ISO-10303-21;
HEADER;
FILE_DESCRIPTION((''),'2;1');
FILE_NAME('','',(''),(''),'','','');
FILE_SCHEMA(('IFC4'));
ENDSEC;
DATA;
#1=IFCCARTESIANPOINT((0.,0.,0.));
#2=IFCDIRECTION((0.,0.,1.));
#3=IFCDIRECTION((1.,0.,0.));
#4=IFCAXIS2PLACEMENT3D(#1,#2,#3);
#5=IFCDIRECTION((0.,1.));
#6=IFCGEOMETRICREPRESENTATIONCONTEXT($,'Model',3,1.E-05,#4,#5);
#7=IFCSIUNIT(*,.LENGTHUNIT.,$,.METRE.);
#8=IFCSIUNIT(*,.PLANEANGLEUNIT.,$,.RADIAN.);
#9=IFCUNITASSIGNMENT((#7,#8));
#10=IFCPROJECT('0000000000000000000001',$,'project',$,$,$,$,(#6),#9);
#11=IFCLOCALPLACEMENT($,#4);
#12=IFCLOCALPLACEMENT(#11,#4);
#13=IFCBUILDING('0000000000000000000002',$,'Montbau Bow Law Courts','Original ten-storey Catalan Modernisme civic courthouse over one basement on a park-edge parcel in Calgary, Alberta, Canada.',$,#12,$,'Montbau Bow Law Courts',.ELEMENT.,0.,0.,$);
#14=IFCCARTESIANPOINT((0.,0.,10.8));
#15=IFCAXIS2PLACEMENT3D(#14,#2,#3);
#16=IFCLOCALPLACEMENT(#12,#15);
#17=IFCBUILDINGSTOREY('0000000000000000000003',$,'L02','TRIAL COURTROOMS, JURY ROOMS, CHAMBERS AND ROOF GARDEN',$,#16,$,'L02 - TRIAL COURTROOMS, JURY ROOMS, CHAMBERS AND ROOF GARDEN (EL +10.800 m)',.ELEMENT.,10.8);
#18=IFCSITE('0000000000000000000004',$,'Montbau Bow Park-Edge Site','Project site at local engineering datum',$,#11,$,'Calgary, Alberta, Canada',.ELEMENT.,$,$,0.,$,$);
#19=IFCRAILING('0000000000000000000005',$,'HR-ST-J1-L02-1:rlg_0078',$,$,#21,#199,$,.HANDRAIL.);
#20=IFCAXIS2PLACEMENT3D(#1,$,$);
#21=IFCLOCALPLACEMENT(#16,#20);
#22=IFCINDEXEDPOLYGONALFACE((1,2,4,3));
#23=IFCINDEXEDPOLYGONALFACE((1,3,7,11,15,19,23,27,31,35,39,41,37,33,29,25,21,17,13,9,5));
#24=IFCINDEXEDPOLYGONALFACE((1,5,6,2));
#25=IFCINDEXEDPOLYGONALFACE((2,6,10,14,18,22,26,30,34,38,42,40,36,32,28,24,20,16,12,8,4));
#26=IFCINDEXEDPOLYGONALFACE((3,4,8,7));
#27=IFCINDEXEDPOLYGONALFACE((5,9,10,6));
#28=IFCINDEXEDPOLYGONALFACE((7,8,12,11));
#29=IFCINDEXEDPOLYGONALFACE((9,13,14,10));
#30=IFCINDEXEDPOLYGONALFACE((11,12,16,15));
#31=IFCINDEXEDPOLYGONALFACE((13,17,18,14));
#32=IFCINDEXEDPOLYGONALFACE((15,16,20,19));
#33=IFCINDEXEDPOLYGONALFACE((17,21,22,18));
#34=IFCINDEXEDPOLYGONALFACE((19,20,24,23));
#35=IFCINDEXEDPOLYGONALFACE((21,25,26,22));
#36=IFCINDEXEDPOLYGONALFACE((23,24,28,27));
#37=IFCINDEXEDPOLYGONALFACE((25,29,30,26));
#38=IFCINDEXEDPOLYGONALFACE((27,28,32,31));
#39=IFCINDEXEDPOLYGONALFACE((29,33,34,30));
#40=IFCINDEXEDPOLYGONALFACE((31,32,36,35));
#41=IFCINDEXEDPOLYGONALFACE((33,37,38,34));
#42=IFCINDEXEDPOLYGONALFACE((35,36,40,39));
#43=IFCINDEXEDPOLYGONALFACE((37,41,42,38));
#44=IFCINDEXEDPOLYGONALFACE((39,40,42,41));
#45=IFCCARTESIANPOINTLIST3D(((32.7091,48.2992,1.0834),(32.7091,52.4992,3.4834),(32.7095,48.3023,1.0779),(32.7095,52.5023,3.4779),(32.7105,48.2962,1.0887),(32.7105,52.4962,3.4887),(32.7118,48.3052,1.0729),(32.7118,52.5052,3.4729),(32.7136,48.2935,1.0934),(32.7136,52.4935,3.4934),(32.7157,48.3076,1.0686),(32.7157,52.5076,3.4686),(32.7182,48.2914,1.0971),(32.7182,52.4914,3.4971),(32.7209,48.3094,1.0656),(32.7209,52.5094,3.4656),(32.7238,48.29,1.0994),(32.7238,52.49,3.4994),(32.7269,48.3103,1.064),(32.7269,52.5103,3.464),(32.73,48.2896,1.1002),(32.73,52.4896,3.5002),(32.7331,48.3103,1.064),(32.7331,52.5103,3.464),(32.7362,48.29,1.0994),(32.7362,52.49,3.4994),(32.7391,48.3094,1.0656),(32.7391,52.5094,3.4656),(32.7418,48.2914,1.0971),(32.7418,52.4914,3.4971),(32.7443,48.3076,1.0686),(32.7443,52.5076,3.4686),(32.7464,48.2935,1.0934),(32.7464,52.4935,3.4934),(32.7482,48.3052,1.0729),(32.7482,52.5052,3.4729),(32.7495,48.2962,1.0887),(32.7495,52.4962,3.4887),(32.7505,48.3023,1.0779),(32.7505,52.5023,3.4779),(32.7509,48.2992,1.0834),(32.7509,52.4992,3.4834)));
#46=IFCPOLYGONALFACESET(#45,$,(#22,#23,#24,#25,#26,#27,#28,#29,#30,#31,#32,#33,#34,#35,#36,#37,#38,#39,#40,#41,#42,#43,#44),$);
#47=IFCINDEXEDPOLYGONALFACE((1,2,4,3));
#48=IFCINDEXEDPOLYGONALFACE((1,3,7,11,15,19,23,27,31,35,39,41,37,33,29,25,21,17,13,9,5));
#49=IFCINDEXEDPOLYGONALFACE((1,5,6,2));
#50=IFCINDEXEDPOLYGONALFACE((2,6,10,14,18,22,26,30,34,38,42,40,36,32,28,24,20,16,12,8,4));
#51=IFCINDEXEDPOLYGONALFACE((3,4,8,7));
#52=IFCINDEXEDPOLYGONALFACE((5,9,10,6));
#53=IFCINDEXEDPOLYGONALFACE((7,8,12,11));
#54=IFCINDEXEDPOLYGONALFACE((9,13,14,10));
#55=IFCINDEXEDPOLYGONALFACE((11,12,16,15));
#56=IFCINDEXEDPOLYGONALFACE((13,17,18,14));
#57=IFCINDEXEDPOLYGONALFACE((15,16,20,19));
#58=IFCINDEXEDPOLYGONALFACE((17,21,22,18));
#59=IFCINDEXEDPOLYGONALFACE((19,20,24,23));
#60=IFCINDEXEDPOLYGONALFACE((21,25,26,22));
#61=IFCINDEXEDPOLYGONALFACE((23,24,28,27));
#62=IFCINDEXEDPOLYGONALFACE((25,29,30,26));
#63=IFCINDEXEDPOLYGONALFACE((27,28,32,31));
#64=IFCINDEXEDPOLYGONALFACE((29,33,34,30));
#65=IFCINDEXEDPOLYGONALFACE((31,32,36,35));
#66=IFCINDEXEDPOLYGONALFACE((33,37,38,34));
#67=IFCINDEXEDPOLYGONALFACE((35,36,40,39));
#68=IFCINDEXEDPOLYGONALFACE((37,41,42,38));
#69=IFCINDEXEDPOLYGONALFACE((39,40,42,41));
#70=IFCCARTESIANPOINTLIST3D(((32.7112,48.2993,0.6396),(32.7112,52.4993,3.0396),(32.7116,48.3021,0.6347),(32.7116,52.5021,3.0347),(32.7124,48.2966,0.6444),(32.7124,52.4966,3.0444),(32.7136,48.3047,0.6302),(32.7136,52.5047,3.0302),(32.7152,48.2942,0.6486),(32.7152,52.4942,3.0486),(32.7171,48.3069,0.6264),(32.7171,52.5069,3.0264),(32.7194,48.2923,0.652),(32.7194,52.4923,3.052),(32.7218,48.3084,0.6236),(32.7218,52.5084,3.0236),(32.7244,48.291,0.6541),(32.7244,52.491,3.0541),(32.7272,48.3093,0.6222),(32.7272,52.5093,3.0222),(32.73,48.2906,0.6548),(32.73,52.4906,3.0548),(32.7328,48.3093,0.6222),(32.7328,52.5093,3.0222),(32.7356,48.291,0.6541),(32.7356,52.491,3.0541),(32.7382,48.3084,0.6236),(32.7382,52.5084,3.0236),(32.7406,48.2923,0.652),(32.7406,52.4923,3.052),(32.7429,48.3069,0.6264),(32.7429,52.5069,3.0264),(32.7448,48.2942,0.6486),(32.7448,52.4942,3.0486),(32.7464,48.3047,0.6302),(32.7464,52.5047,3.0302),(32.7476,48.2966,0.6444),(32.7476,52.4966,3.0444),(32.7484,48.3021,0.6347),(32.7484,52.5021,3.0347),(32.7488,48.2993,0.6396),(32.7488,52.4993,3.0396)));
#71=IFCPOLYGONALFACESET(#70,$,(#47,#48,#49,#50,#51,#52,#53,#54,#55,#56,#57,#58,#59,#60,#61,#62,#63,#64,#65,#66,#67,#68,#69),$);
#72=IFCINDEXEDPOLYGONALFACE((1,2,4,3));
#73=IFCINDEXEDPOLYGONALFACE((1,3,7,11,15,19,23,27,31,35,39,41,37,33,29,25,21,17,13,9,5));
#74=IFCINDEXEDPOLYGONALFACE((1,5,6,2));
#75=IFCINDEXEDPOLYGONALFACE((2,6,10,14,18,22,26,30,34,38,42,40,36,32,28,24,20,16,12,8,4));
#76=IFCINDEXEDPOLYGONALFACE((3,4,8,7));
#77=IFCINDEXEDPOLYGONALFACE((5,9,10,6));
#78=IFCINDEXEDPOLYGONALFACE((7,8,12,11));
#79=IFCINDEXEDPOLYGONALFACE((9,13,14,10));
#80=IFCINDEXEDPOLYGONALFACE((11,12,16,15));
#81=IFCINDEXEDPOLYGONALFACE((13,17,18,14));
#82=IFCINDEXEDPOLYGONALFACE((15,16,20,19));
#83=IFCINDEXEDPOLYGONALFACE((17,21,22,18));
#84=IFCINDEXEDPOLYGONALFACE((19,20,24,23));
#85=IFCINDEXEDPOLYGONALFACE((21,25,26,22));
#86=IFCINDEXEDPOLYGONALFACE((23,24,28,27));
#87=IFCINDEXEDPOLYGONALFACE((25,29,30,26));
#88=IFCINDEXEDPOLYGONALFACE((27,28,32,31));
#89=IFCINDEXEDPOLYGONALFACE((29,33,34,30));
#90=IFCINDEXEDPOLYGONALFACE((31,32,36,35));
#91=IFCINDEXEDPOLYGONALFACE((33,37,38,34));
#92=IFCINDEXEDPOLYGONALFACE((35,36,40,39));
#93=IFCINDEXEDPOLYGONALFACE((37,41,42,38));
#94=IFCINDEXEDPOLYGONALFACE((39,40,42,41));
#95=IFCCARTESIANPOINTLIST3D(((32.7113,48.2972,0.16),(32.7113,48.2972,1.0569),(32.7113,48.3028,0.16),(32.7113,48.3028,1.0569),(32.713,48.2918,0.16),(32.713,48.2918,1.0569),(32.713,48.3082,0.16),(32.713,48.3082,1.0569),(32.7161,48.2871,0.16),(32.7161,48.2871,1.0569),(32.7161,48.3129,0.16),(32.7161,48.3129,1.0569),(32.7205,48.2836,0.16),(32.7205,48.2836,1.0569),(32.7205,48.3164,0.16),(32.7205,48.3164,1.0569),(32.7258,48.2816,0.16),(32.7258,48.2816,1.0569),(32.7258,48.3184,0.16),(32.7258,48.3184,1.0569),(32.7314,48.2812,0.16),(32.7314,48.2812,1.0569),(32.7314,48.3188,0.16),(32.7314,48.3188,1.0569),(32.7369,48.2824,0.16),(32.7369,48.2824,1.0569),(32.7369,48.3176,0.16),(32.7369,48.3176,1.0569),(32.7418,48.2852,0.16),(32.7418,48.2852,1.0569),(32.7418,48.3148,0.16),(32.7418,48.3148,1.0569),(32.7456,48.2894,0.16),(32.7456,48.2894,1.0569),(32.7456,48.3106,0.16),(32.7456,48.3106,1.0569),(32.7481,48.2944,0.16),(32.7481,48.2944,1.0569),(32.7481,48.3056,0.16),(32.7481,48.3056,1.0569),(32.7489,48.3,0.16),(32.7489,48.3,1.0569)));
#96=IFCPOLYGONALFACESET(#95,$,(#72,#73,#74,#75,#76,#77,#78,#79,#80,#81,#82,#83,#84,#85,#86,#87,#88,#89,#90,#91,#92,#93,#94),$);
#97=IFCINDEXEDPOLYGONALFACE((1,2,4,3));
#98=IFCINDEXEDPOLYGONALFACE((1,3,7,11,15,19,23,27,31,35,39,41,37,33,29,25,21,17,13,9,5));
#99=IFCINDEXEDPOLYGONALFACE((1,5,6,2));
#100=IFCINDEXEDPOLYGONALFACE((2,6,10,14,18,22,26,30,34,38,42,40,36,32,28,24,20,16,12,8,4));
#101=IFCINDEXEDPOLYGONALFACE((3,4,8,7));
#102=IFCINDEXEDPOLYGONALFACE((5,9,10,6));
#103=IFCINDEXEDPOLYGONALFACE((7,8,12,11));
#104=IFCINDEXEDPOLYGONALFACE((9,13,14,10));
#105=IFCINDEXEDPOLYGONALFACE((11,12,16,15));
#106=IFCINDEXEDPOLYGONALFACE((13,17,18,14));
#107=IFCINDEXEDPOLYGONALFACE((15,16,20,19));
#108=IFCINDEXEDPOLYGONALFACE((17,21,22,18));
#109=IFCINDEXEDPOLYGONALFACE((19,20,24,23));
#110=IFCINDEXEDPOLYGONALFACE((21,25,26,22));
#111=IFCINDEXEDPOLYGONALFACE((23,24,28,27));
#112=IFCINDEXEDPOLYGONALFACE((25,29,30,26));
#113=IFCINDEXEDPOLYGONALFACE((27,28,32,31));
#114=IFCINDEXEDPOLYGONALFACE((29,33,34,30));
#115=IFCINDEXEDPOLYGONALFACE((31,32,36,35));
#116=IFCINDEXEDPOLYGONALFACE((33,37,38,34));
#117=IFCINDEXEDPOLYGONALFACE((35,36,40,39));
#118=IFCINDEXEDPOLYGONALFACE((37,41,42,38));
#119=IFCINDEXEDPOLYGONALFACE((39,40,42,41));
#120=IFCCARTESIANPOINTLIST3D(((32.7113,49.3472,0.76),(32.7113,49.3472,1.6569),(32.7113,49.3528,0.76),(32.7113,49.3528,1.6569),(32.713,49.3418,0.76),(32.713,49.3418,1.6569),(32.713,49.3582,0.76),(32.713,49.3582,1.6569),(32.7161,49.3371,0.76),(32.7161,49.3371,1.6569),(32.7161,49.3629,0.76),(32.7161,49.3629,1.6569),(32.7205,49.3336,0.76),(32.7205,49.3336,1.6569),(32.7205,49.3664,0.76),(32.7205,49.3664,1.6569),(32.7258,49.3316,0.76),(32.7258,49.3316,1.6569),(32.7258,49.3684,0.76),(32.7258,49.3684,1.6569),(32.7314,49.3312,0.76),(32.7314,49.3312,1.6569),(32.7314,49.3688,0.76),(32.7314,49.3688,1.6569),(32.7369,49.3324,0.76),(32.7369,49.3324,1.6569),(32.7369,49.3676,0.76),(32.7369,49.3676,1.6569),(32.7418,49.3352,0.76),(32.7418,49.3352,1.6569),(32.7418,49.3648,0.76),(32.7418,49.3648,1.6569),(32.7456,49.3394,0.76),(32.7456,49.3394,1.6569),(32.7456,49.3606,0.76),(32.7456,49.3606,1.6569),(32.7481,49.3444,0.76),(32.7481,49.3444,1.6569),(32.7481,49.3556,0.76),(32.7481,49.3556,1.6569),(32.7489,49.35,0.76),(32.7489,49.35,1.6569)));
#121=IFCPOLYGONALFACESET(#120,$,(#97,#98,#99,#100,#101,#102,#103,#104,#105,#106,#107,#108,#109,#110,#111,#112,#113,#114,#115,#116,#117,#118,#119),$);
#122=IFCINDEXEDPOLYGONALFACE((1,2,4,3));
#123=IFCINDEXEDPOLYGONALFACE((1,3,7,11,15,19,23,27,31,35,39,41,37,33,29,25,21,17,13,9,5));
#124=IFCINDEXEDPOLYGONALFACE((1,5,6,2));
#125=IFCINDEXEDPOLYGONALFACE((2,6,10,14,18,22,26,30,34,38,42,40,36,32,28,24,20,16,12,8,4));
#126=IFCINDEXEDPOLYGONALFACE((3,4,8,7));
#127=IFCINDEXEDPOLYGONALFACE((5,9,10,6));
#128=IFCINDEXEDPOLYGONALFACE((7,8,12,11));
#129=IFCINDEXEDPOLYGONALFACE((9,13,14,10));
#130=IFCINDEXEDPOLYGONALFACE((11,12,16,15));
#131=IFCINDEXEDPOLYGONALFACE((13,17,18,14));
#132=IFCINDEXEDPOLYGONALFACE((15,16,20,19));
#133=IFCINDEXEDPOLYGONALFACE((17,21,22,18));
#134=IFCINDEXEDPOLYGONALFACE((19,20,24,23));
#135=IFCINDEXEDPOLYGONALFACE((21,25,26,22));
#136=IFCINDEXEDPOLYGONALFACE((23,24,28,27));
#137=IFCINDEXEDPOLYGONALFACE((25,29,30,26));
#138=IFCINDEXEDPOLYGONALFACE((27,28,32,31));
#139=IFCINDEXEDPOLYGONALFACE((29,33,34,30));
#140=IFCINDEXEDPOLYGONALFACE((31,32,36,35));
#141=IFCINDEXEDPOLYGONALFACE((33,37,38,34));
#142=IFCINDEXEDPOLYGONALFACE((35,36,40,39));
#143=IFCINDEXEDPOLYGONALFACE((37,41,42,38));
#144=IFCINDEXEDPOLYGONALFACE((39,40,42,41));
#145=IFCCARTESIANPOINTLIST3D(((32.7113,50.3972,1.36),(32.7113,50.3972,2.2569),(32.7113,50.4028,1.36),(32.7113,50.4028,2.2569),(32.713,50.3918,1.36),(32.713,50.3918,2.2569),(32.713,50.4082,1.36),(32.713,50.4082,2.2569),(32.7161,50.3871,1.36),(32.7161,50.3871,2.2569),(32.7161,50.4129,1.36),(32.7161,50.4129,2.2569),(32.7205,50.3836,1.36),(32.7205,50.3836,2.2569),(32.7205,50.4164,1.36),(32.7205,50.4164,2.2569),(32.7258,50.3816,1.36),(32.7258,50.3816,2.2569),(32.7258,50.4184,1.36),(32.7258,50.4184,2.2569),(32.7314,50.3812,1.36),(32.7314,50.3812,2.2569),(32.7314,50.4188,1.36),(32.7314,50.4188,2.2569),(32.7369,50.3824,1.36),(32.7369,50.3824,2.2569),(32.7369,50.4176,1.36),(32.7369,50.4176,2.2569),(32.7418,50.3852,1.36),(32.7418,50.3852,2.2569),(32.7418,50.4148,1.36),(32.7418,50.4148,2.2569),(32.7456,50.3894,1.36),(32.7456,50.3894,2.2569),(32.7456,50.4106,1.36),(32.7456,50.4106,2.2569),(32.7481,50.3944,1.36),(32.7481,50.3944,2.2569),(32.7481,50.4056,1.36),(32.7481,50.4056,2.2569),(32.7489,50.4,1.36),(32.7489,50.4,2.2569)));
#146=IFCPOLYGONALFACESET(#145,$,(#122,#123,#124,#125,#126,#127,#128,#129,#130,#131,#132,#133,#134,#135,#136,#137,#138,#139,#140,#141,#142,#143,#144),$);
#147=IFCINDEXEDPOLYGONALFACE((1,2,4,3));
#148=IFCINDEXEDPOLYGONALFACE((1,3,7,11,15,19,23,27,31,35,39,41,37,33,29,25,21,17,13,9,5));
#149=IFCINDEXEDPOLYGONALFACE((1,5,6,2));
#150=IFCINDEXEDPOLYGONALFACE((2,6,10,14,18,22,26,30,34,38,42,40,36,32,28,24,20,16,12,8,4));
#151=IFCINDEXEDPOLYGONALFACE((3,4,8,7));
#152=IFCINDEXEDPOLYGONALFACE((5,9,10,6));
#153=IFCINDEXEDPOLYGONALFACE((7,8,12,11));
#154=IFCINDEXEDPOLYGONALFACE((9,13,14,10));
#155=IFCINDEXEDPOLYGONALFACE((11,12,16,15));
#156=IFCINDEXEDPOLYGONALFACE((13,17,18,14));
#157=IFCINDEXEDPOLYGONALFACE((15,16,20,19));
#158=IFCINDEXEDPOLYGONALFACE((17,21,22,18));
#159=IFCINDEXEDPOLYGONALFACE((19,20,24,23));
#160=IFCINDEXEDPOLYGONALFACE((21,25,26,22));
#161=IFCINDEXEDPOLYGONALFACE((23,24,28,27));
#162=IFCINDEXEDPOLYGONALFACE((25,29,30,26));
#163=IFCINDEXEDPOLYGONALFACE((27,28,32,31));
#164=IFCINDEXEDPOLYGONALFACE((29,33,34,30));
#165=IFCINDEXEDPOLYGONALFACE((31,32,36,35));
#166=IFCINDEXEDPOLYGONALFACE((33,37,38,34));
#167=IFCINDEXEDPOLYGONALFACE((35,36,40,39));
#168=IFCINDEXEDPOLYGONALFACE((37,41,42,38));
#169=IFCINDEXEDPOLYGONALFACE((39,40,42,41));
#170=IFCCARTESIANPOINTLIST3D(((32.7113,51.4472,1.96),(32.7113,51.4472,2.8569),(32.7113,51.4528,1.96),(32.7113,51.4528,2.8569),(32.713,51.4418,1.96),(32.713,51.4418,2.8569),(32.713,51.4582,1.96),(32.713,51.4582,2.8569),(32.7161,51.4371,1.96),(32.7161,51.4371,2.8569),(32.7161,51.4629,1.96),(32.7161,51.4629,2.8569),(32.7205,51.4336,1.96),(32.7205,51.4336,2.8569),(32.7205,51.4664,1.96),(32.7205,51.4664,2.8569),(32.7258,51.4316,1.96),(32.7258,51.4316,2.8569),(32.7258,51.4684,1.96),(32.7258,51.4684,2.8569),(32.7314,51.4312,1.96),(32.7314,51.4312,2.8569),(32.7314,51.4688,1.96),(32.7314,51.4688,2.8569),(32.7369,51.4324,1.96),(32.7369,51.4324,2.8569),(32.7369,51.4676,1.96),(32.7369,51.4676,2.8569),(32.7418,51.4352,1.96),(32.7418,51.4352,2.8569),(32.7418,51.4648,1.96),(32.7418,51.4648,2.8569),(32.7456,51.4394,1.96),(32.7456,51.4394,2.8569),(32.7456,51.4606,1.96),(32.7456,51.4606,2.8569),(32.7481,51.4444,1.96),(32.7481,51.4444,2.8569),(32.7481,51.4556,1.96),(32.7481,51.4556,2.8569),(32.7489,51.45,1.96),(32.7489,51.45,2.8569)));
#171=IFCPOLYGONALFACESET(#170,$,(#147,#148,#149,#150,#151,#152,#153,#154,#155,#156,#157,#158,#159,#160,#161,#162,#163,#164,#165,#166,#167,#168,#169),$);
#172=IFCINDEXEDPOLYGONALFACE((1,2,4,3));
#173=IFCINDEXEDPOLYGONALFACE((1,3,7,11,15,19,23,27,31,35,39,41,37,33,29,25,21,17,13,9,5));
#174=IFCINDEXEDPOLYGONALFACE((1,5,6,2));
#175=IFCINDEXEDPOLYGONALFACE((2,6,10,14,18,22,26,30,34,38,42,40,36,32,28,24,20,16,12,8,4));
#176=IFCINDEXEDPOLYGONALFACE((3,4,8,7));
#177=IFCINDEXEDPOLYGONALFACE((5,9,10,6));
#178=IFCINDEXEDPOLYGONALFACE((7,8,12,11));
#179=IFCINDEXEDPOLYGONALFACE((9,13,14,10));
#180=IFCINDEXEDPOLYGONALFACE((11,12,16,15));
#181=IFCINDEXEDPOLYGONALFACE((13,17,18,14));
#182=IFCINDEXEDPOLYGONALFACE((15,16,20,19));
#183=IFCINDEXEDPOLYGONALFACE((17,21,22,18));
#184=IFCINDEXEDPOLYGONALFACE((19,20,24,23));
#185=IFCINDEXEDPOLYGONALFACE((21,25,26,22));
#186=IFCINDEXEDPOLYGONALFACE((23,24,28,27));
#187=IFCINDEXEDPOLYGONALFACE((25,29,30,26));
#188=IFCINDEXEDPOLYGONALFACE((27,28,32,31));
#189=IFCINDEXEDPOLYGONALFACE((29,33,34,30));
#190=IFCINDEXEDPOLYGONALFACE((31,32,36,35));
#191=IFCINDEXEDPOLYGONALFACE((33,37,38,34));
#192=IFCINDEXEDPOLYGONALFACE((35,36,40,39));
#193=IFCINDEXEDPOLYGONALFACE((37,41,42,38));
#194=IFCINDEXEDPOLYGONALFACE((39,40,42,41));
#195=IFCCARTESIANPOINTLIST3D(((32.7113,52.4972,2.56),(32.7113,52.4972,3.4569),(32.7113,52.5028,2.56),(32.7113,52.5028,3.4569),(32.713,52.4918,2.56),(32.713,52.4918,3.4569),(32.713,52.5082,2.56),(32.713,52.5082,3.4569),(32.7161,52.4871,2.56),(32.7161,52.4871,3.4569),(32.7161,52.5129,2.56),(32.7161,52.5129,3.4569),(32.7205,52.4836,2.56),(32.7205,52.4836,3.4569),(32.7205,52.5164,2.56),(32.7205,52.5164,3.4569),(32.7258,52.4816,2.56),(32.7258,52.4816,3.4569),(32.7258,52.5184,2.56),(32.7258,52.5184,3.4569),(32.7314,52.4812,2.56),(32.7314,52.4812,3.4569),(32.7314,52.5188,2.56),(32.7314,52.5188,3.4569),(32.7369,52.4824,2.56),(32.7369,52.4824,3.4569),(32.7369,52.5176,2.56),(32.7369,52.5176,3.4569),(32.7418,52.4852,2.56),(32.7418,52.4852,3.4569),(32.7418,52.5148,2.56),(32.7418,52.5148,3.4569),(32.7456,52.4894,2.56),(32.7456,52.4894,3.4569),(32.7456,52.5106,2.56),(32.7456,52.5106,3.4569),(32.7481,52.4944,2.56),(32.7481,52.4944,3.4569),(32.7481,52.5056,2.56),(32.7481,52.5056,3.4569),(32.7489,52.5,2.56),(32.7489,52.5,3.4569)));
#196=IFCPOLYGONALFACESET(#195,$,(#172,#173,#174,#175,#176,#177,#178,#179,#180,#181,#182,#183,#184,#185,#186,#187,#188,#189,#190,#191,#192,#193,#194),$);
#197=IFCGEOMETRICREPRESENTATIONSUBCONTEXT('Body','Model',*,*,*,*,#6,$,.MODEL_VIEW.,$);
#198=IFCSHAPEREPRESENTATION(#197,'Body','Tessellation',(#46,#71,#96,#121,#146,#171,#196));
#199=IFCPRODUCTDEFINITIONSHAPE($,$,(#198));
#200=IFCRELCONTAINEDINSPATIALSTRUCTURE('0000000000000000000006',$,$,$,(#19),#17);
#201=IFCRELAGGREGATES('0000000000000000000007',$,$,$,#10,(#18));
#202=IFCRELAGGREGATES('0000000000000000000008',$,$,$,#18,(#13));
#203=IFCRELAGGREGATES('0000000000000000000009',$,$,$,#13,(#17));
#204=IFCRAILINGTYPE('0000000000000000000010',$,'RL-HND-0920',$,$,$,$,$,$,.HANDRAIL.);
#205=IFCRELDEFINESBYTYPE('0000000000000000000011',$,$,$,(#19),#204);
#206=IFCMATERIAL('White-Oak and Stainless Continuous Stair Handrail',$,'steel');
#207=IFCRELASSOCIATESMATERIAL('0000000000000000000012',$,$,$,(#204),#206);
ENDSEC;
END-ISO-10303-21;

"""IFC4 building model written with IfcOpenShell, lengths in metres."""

from ifc_helpers import new_model, si_unit, direction, frame, origin_with_axes, origin_2d_with_axis, place, context, subcontext, project, spatial, circle, extrude, material, type_object, element, save


model = new_model("IFC4")

# Units and contexts
model_context = context("Model", 3, precision=1e-05, world=origin_with_axes(), true_north=direction((0.0, 1.0)))
body_context = subcontext(model_context, "Body", "Model", "MODEL_VIEW")
ifc_project = project(units=[si_unit("LENGTHUNIT", "METRE"), si_unit("PLANEANGLEUNIT", "RADIAN")], contexts=[model_context])

# Site, building, storey
site_placement = place(None, origin_with_axes())
site = spatial("IfcSite", under=ifc_project, at=site_placement, Name="Montbau Bow Park-Edge Site", Description="Project site at local engineering datum", LongName="Calgary, Alberta, Canada", CompositionType="ELEMENT", RefElevation=0.0)
building_placement = place(site_placement, origin_with_axes())
building = spatial("IfcBuilding", under=site, at=building_placement, Name="Montbau Bow Law Courts", Description="Original ten-storey Catalan Modernisme civic courthouse over one basement on a park-edge parcel in Calgary, Alberta, Canada.", LongName="Montbau Bow Law Courts", CompositionType="ELEMENT", ElevationOfRefHeight=0.0, ElevationOfTerrain=0.0)
storey_placement = place(building_placement, frame((0.0, 0.0, 10.8), z_axis=(0.0, 0.0, 1.0), x_axis=(1.0, 0.0, 0.0)))
storey = spatial("IfcBuildingStorey", under=building, at=storey_placement, Name="L02", Description="TRIAL COURTROOMS, JURY ROOMS, CHAMBERS AND ROOF GARDEN", LongName="L02 - TRIAL COURTROOMS, JURY ROOMS, CHAMBERS AND ROOF GARDEN (EL +10.800 m)", CompositionType="ELEMENT", Elevation=10.8)

# Railing
ifc_material_1 = material(Name="White-Oak and Stainless Continuous Stair Handrail", Category="steel")
railing_type_1 = type_object("IfcRailingType", Name="RL-HND-0920", PredefinedType="HANDRAIL", material=ifc_material_1)
railing_1_placement = place(None, origin_with_axes())
element("IfcRailing", 1, at=railing_1_placement, inside=storey, type_object=railing_type_1, Name="HR-ST-J1-L02-1:rlg_0078", PredefinedType="HANDRAIL", context=body_context, shape_type="SweptSolid", body=[
    extrude(circle(Radius=0.021, at=origin_2d_with_axis()), frame((32.73, 48.3, 11.882), z_axis=(0.0, 0.868243, 0.496139), x_axis=(0.0, -0.496139, 0.868243)), (0.0, 0.0, 1.0), 4.8374),
    extrude(circle(Radius=0.0189, at=origin_2d_with_axis()), frame((32.73, 48.3, 11.4384), z_axis=(0.0, 0.868243, 0.496139), x_axis=(0.0, -0.496139, 0.868243)), (0.0, 0.0, 1.0), 4.8374),
    extrude(circle(Radius=0.0189, at=origin_2d_with_axis()), frame((32.73, 48.3, 10.96), z_axis=(0.0, 0.0, 1.0), x_axis=(1.0, 0.0, 0.0)), (0.0, 0.0, 1.0), 0.8969),
    extrude(circle(Radius=0.0189, at=origin_2d_with_axis()), frame((32.73, 49.35, 11.56), z_axis=(0.0, 0.0, 1.0), x_axis=(1.0, 0.0, 0.0)), (0.0, 0.0, 1.0), 0.8969),
    extrude(circle(Radius=0.0189, at=origin_2d_with_axis()), frame((32.73, 50.4, 12.16), z_axis=(0.0, 0.0, 1.0), x_axis=(1.0, 0.0, 0.0)), (0.0, 0.0, 1.0), 0.8969),
    extrude(circle(Radius=0.0189, at=origin_2d_with_axis()), frame((32.73, 51.45, 12.76), z_axis=(0.0, 0.0, 1.0), x_axis=(1.0, 0.0, 0.0)), (0.0, 0.0, 1.0), 0.8969),
    extrude(circle(Radius=0.0189, at=origin_2d_with_axis()), frame((32.73, 52.5, 13.36), z_axis=(0.0, 0.0, 1.0), x_axis=(1.0, 0.0, 0.0)), (0.0, 0.0, 1.0), 0.8969),
])

save(model, "model.ifc")
